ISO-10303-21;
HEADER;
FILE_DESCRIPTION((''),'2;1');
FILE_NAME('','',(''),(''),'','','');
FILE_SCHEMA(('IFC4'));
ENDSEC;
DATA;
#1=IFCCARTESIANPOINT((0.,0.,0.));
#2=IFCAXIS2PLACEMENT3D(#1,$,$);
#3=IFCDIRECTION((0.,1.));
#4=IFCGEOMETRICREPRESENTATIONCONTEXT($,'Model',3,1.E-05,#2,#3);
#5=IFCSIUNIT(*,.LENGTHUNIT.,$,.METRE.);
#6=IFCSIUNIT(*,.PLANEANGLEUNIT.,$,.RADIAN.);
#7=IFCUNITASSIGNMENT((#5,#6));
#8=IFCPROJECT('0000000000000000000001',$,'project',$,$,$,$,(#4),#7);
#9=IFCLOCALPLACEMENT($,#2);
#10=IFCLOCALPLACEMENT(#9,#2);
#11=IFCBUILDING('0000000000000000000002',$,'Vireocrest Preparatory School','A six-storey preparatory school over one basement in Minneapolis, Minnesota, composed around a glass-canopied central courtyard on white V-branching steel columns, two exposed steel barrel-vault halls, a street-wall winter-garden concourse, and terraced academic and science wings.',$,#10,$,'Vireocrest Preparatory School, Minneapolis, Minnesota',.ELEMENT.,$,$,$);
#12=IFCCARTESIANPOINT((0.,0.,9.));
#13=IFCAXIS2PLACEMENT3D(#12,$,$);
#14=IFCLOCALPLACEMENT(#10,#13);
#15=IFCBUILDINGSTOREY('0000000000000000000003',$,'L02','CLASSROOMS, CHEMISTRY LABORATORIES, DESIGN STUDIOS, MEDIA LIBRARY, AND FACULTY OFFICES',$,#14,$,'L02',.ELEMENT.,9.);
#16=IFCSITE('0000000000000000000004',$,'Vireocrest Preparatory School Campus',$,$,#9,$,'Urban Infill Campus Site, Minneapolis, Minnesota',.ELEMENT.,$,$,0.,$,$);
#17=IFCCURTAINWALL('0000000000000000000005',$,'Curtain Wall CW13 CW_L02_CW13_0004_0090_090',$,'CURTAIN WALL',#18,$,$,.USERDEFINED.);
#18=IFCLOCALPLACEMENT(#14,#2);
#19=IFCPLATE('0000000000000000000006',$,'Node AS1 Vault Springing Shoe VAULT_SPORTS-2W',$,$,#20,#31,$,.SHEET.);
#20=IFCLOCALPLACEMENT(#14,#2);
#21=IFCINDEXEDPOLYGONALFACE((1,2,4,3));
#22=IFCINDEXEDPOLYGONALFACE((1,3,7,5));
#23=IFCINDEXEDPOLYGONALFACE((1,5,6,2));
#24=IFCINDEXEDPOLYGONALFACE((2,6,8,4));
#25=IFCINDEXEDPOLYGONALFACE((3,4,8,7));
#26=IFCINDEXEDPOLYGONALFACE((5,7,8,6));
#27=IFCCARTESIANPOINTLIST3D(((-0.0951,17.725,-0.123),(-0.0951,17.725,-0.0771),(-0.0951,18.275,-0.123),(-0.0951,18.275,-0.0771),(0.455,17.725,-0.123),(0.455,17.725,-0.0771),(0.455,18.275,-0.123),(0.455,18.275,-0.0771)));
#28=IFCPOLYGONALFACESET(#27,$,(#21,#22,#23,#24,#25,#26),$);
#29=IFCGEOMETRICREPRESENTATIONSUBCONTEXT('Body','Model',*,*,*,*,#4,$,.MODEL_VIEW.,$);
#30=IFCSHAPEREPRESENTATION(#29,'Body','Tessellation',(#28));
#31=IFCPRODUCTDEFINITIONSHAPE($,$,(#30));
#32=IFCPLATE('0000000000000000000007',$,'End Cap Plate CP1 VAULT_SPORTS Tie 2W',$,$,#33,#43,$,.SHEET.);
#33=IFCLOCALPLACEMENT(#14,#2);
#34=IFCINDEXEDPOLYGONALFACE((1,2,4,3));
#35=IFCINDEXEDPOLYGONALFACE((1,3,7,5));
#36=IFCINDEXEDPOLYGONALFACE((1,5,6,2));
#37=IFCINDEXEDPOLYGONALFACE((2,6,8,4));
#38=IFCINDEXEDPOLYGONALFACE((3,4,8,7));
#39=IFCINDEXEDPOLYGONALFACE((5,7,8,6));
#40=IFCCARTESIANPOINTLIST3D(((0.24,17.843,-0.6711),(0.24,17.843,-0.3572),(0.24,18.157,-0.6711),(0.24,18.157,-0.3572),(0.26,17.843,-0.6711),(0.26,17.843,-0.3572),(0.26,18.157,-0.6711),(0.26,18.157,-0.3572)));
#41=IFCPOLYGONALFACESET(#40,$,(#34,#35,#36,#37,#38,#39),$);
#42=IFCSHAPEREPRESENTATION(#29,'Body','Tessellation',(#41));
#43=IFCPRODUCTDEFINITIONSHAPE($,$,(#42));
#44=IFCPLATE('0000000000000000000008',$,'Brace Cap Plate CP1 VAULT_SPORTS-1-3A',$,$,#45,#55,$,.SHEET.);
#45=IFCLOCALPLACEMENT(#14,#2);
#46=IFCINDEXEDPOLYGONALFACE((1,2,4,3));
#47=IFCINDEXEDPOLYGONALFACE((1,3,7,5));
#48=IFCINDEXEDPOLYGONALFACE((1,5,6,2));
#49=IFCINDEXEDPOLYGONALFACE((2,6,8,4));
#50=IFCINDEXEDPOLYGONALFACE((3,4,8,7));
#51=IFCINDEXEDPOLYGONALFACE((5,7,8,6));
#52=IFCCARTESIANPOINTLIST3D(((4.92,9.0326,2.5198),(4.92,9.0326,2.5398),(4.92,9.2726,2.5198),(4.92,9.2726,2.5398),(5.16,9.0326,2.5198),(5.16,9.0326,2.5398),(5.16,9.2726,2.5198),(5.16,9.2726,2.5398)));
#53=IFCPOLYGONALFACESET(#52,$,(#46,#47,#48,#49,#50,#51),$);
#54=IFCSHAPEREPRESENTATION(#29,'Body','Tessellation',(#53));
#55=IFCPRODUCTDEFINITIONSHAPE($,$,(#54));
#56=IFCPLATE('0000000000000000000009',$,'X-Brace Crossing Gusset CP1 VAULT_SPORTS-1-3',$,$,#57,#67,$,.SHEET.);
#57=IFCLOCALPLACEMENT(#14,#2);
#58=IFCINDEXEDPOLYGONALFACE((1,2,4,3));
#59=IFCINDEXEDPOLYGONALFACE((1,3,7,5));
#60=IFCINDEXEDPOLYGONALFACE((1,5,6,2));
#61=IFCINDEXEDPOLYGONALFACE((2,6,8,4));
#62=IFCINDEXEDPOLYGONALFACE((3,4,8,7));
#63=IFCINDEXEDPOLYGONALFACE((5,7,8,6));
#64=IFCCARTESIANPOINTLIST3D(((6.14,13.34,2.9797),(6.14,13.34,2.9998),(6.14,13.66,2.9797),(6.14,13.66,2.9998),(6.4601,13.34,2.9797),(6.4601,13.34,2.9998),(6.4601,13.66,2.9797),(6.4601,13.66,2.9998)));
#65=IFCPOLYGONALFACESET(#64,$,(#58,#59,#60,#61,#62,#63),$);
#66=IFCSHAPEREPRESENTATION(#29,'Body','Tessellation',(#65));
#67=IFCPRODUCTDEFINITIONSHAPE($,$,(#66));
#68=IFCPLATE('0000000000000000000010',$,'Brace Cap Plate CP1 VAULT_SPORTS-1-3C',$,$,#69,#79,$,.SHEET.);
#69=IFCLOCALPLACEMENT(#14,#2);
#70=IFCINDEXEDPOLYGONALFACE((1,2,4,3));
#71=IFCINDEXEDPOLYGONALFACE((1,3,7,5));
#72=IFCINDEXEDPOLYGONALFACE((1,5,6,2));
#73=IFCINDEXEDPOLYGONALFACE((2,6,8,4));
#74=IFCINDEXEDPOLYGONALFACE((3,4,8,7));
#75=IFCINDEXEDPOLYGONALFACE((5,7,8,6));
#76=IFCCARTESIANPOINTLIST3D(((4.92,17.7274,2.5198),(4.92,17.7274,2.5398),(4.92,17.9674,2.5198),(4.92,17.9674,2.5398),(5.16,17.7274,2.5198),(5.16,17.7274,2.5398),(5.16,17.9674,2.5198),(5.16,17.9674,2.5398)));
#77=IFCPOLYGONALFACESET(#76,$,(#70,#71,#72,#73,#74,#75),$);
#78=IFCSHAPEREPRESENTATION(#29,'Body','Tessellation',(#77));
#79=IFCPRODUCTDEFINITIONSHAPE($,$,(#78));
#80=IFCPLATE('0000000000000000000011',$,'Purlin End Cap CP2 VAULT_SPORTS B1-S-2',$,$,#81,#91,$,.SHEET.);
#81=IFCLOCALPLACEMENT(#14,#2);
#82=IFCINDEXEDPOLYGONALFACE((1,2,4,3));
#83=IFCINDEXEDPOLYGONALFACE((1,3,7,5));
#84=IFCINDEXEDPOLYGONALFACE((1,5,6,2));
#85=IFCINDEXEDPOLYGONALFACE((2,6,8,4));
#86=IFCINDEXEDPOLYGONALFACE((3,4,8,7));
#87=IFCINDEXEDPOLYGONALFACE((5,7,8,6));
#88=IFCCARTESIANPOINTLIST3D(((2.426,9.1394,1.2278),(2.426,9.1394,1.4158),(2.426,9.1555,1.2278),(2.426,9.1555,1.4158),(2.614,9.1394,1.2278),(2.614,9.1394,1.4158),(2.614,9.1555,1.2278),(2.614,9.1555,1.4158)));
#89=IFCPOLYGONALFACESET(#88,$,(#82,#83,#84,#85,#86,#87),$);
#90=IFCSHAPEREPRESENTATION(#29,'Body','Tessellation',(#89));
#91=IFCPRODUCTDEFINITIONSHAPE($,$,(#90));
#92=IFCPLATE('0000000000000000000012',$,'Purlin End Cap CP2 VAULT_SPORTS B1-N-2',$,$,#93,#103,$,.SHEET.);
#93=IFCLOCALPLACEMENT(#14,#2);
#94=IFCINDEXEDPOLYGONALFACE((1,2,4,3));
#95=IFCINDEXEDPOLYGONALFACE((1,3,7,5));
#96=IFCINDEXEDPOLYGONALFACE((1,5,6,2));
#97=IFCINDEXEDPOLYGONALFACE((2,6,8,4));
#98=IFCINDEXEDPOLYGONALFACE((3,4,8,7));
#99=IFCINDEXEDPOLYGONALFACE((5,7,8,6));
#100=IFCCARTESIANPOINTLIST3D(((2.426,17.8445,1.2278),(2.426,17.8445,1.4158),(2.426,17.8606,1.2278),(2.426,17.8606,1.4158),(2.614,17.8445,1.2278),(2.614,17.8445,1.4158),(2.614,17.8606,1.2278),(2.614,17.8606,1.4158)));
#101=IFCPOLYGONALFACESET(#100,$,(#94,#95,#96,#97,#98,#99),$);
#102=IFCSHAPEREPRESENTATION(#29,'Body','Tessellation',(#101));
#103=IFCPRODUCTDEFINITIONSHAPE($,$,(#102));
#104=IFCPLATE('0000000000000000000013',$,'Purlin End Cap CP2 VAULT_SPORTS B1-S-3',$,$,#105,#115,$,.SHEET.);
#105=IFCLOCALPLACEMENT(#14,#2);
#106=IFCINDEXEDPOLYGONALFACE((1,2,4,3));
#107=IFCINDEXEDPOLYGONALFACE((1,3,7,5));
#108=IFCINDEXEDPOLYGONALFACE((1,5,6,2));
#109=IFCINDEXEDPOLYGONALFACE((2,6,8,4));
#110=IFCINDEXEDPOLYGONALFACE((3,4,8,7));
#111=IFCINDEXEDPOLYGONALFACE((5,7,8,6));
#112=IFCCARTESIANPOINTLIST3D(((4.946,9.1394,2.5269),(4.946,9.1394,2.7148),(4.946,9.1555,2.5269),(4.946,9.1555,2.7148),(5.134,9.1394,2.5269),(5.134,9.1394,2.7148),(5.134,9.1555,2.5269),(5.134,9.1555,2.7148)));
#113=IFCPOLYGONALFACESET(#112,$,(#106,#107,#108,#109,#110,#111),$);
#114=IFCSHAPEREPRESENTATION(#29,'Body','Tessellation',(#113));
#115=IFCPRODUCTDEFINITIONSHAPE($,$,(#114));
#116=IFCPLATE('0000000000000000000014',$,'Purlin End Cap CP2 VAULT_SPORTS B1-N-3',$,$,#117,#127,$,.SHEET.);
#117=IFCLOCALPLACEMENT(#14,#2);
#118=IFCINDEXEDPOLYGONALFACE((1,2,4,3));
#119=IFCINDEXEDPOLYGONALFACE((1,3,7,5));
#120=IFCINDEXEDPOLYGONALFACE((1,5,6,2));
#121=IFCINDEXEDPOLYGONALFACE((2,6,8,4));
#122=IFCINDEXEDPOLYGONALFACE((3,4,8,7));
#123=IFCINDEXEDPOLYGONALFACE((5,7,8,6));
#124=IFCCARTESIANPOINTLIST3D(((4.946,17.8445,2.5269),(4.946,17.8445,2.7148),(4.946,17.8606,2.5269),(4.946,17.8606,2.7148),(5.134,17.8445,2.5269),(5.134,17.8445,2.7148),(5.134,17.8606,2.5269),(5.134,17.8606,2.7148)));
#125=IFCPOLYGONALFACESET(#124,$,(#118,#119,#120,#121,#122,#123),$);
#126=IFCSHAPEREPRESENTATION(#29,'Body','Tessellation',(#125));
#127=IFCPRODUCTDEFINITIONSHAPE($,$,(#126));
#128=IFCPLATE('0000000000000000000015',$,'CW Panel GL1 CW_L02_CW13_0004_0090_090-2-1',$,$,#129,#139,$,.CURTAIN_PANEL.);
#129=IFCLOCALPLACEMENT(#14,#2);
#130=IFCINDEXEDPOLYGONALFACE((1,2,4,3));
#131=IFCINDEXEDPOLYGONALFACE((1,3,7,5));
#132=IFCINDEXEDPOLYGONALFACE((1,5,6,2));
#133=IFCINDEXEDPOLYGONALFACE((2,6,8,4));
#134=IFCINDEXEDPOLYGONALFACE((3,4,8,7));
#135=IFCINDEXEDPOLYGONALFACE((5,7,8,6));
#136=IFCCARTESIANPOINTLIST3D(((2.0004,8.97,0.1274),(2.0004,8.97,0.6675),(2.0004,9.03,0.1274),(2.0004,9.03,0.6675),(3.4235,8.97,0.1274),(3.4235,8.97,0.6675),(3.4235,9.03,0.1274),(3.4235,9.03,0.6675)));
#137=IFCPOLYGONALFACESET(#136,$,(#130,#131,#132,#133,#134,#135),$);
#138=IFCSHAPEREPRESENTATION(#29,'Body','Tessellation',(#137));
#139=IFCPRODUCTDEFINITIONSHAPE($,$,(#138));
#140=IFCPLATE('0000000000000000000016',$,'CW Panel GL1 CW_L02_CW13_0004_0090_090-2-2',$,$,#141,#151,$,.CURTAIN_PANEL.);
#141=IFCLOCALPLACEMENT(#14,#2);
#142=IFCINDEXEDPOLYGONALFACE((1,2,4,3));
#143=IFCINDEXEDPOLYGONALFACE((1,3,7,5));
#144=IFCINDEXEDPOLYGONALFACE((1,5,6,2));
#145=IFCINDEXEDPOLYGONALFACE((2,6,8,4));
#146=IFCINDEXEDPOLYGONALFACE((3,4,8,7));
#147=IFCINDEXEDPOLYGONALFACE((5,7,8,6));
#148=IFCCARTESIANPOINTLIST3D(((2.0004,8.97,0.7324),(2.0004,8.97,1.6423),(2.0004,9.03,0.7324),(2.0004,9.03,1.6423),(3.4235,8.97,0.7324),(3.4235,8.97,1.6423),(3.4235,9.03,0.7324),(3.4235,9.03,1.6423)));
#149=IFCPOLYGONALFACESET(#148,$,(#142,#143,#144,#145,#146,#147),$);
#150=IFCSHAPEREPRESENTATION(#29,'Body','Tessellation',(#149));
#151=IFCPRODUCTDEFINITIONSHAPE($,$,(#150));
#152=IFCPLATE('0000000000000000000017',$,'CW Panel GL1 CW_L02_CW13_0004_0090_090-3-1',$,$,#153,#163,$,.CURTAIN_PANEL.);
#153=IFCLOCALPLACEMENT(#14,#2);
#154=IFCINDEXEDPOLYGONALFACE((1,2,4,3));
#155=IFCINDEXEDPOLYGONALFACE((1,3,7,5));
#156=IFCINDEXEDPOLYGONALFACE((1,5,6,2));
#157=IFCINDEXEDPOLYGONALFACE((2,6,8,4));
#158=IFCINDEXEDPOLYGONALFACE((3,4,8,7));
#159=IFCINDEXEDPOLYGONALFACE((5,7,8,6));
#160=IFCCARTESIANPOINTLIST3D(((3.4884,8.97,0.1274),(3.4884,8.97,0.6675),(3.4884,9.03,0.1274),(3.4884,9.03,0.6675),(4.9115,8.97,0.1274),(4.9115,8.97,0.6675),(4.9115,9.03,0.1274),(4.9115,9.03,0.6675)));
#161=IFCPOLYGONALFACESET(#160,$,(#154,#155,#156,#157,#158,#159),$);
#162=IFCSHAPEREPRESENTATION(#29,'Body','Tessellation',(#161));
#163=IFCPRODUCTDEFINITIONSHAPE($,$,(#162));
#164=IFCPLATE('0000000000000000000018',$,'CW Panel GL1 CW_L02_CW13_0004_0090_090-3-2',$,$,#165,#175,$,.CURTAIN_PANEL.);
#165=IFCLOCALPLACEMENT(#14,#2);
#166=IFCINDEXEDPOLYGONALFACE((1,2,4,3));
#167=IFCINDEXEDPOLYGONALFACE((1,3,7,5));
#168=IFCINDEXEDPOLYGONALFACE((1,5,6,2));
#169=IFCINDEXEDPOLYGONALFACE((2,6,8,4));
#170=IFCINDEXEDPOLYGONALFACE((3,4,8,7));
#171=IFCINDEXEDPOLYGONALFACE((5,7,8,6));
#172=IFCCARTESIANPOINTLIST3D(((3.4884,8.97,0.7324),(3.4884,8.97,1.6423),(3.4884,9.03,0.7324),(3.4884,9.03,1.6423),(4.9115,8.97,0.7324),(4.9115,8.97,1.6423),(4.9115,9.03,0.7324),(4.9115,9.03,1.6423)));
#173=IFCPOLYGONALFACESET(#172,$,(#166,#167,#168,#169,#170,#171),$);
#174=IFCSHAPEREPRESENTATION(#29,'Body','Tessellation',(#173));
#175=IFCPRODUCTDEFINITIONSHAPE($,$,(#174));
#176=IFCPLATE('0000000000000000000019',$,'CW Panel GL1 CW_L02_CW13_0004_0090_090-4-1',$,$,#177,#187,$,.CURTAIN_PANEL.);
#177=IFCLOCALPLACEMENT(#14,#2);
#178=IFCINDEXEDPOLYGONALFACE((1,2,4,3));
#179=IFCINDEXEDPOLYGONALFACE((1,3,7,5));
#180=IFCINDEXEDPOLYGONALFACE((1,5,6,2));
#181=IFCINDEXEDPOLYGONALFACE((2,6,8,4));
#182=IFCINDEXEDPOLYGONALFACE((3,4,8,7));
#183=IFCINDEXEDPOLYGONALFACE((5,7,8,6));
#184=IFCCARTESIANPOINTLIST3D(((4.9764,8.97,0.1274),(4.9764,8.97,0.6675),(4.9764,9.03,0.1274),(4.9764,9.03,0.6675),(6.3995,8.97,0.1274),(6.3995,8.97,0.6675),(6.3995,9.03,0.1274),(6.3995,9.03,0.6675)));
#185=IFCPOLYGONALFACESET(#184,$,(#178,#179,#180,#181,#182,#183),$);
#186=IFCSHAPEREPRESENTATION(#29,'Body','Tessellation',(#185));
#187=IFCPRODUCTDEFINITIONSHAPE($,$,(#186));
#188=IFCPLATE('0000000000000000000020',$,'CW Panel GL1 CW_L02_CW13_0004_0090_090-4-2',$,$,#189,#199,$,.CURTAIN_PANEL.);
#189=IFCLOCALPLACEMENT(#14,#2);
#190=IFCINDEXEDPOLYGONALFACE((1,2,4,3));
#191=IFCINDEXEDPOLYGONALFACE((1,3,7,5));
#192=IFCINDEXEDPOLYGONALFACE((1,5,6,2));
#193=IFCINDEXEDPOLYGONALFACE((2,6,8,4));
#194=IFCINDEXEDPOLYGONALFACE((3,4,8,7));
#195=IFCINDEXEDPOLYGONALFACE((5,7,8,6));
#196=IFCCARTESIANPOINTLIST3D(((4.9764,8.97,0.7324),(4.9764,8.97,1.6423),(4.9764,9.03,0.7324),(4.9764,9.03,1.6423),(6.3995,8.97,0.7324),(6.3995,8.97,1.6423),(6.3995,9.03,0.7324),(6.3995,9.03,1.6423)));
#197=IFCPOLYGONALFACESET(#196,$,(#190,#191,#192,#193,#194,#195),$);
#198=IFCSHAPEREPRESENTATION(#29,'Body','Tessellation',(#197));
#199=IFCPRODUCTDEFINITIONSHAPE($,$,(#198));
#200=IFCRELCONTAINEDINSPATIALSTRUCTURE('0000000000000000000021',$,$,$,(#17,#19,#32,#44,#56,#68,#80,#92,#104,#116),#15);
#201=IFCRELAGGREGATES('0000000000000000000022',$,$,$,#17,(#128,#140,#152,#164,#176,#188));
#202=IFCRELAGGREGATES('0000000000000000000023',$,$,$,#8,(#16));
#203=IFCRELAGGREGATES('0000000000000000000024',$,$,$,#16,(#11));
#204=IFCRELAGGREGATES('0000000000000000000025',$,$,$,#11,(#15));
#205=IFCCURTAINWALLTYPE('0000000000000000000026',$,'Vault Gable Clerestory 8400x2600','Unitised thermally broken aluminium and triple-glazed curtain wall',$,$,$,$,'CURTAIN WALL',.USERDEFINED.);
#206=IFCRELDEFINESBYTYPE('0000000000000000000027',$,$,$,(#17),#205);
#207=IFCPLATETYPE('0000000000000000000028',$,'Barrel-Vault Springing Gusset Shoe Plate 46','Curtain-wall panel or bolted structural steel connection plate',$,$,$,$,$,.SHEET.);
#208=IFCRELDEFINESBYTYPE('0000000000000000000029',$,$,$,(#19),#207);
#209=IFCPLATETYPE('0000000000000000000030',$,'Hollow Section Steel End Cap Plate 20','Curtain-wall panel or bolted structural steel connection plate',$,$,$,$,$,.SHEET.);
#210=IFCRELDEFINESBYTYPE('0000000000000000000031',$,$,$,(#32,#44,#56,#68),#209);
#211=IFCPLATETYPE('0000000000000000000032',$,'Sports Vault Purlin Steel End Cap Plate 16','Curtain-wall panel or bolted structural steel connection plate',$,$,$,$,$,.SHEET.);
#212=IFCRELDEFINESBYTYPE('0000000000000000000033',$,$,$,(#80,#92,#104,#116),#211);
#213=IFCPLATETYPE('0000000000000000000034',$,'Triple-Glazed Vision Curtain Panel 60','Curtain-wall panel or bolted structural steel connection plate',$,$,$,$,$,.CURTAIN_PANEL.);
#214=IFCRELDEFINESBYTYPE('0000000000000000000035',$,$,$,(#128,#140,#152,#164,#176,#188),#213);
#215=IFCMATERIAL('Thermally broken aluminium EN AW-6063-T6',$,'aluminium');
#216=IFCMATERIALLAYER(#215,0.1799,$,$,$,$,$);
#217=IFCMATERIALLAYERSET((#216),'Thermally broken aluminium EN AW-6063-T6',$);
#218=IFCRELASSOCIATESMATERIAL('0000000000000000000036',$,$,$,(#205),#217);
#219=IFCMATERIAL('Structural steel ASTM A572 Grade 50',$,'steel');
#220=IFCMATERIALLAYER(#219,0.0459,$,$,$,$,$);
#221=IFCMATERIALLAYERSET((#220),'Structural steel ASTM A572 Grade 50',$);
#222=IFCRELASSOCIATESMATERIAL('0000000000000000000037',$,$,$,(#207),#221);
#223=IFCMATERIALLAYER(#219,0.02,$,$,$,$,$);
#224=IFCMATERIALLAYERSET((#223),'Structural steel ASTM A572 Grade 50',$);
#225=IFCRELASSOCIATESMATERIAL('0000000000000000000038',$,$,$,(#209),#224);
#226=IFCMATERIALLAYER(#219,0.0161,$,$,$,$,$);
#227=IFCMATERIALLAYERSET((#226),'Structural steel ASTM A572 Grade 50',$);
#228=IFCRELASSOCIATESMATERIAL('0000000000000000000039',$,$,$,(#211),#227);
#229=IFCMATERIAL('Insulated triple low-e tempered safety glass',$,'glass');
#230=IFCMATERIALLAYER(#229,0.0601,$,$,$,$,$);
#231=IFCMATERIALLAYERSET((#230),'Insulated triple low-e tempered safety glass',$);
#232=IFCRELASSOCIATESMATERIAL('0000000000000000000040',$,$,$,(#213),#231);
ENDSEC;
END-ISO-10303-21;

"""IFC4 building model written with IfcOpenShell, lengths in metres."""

from ifc_helpers import new_model, si_unit, direction, frame, origin, origin_2d, place, context, subcontext, project, spatial, rectangle, extrude, material, layer, layer_set, type_object, element, aggregate, save


model = new_model("IFC4")

# Units and contexts
model_context = context("Model", 3, precision=1e-05, world=origin(), true_north=direction((0.0, 1.0)))
body_context = subcontext(model_context, "Body", "Model", "MODEL_VIEW")
ifc_project = project(units=[si_unit("LENGTHUNIT", "METRE"), si_unit("PLANEANGLEUNIT", "RADIAN")], contexts=[model_context])

# Site, building, storey
site_placement = place(None, origin())
site = spatial("IfcSite", under=ifc_project, at=site_placement, Name="Vireocrest Preparatory School Campus", LongName="Urban Infill Campus Site, Minneapolis, Minnesota", CompositionType="ELEMENT", RefElevation=0.0)
building_placement = place(site_placement, origin())
building = spatial("IfcBuilding", under=site, at=building_placement, Name="Vireocrest Preparatory School", Description="A six-storey preparatory school over one basement in Minneapolis, Minnesota, composed around a glass-canopied central courtyard on white V-branching steel columns, two exposed steel barrel-vault halls, a street-wall winter-garden concourse, and terraced academic and science wings.", LongName="Vireocrest Preparatory School, Minneapolis, Minnesota", CompositionType="ELEMENT")
storey_placement = place(building_placement, frame((0.0, 0.0, 9.0)))
storey = spatial("IfcBuildingStorey", under=building, at=storey_placement, Name="L02", Description="CLASSROOMS, CHEMISTRY LABORATORIES, DESIGN STUDIOS, MEDIA LIBRARY, AND FACULTY OFFICES", LongName="L02", CompositionType="ELEMENT", Elevation=9.0)

# Curtain wall
ifc_material_1 = material(Name="Thermally broken aluminium EN AW-6063-T6", Category="aluminium")
ifc_layer_1 = layer(ifc_material_1, 0.1799)
ifc_layer_set_1 = layer_set([ifc_layer_1], Name="Thermally broken aluminium EN AW-6063-T6")
curtain_wall_type = type_object("IfcCurtainWallType", Name="Vault Gable Clerestory 8400x2600", Description="Unitised thermally broken aluminium and triple-glazed curtain wall", ElementType="CURTAIN WALL", PredefinedType="USERDEFINED", material=ifc_layer_set_1)
curtain_wall_placement = place(storey_placement, origin())
curtain_wall = element("IfcCurtainWall", 1, at=curtain_wall_placement, inside=storey, type_object=curtain_wall_type, Name="Curtain Wall CW13 CW_L02_CW13_0004_0090_090", ObjectType="CURTAIN WALL", PredefinedType="USERDEFINED")

# Plates
ifc_material_2 = material(Name="Structural steel ASTM A572 Grade 50", Category="steel")
ifc_layer_2 = layer(ifc_material_2, 0.0459)
ifc_layer_set_2 = layer_set([ifc_layer_2], Name="Structural steel ASTM A572 Grade 50")
plate_type_1 = type_object("IfcPlateType", Name="Barrel-Vault Springing Gusset Shoe Plate 46", Description="Curtain-wall panel or bolted structural steel connection plate", PredefinedType="SHEET", material=ifc_layer_set_2)
plate_1_placement = place(storey_placement, frame((0.1799, 18.0, -0.123), z_axis=(0.0, 0.0, 1.0), x_axis=(1.0, 0.0, 0.0)))
element("IfcPlate", 2, at=plate_1_placement, inside=storey, type_object=plate_type_1, Name="Node AS1 Vault Springing Shoe VAULT_SPORTS-2W", PredefinedType="SHEET", context=body_context, shape_type="SweptSolid", body=[
    extrude(rectangle(XDim=0.55, YDim=0.55, at=origin_2d()), origin(), (0.0, 0.0, 1.0), 0.0459),
])
ifc_layer_3 = layer(ifc_material_2, 0.02)
ifc_layer_set_3 = layer_set([ifc_layer_3], Name="Structural steel ASTM A572 Grade 50")
plate_type_2 = type_object("IfcPlateType", Name="Hollow Section Steel End Cap Plate 20", Description="Curtain-wall panel or bolted structural steel connection plate", PredefinedType="SHEET", material=ifc_layer_set_3)
plate_2_placement = place(storey_placement, frame((0.25, 18.0, -0.6711), z_axis=(0.0, 0.0, 1.0), x_axis=(1.0, 0.0, 0.0)))
element("IfcPlate", 3, at=plate_2_placement, inside=storey, type_object=plate_type_2, Name="End Cap Plate CP1 VAULT_SPORTS Tie 2W", PredefinedType="SHEET", context=body_context, shape_type="SweptSolid", body=[
    extrude(rectangle(XDim=0.02, YDim=0.314, at=origin_2d()), origin(), (0.0, 0.0, 1.0), 0.314),
])
plate_3_placement = place(storey_placement, frame((5.04, 9.1526, 2.5198), z_axis=(0.0, 0.0, 1.0), x_axis=(1.0, 0.0, 0.0)))
element("IfcPlate", 4, at=plate_3_placement, inside=storey, type_object=plate_type_2, Name="Brace Cap Plate CP1 VAULT_SPORTS-1-3A", PredefinedType="SHEET", context=body_context, shape_type="SweptSolid", body=[
    extrude(rectangle(XDim=0.24, YDim=0.24, at=origin_2d()), origin(), (0.0, 0.0, 1.0), 0.02),
])
plate_4_placement = place(storey_placement, frame((6.3, 13.5, 2.9797), z_axis=(0.0, 0.0, 1.0), x_axis=(1.0, 0.0, 0.0)))
element("IfcPlate", 5, at=plate_4_placement, inside=storey, type_object=plate_type_2, Name="X-Brace Crossing Gusset CP1 VAULT_SPORTS-1-3", PredefinedType="SHEET", context=body_context, shape_type="SweptSolid", body=[
    extrude(rectangle(XDim=0.3201, YDim=0.3201, at=origin_2d()), origin(), (0.0, 0.0, 1.0), 0.02),
])
plate_5_placement = place(storey_placement, frame((5.04, 17.8474, 2.5198), z_axis=(0.0, 0.0, 1.0), x_axis=(1.0, 0.0, 0.0)))
element("IfcPlate", 6, at=plate_5_placement, inside=storey, type_object=plate_type_2, Name="Brace Cap Plate CP1 VAULT_SPORTS-1-3C", PredefinedType="SHEET", context=body_context, shape_type="SweptSolid", body=[
    extrude(rectangle(XDim=0.24, YDim=0.24, at=origin_2d()), origin(), (0.0, 0.0, 1.0), 0.02),
])
ifc_layer_4 = layer(ifc_material_2, 0.0161)
ifc_layer_set_4 = layer_set([ifc_layer_4], Name="Structural steel ASTM A572 Grade 50")
plate_type_3 = type_object("IfcPlateType", Name="Sports Vault Purlin Steel End Cap Plate 16", Description="Curtain-wall panel or bolted structural steel connection plate", PredefinedType="SHEET", material=ifc_layer_set_4)
for number, where, z_axis, x_axis, name in (
    (7, (2.52, 9.1475, 1.2278), (0.0, 0.0, 1.0), (1.0, 0.0, 0.0), "Purlin End Cap CP2 VAULT_SPORTS B1-S-2"),
    (8, (2.52, 17.8525, 1.2278), (0.0, 0.0, 1.0), (1.0, 0.0, 0.0), "Purlin End Cap CP2 VAULT_SPORTS B1-N-2"),
    (9, (5.04, 9.1475, 2.5269), (0.0, 0.0, 1.0), (1.0, 0.0, 0.0), "Purlin End Cap CP2 VAULT_SPORTS B1-S-3"),
    (10, (5.04, 17.8525, 2.5269), (0.0, 0.0, 1.0), (1.0, 0.0, 0.0), "Purlin End Cap CP2 VAULT_SPORTS B1-N-3"),
):
    element("IfcPlate", number, at=place(storey_placement, frame(where, z_axis=z_axis, x_axis=x_axis)), inside=storey, type_object=plate_type_3, Name=name, PredefinedType="SHEET", context=body_context, shape_type="SweptSolid", body=[
        extrude(rectangle(XDim=0.188, YDim=0.0161, at=origin_2d()), origin(), (0.0, 0.0, 1.0), 0.188),
    ])

# Plates
ifc_material_3 = material(Name="Insulated triple low-e tempered safety glass", Category="glass")
ifc_layer_5 = layer(ifc_material_3, 0.0601)
ifc_layer_set_5 = layer_set([ifc_layer_5], Name="Insulated triple low-e tempered safety glass")
plate_type_4 = type_object("IfcPlateType", Name="Triple-Glazed Vision Curtain Panel 60", Description="Curtain-wall panel or bolted structural steel connection plate", PredefinedType="CURTAIN_PANEL", material=ifc_layer_set_5)
plate_6_placement = place(storey_placement, frame((2.7119, 9.0, 0.1274), z_axis=(0.0, 0.0, 1.0), x_axis=(1.0, 0.0, 0.0)))
plate_6 = element("IfcPlate", 11, at=plate_6_placement, type_object=plate_type_4, Name="CW Panel GL1 CW_L02_CW13_0004_0090_090-2-1", PredefinedType="CURTAIN_PANEL", context=body_context, shape_type="SweptSolid", body=[
    extrude(rectangle(XDim=1.4231, YDim=0.0601, at=origin_2d()), origin(), (0.0, 0.0, 1.0), 0.54),
])
plate_7_placement = place(storey_placement, frame((2.7119, 9.0, 0.7324), z_axis=(0.0, 0.0, 1.0), x_axis=(1.0, 0.0, 0.0)))
plate_7 = element("IfcPlate", 12, at=plate_7_placement, type_object=plate_type_4, Name="CW Panel GL1 CW_L02_CW13_0004_0090_090-2-2", PredefinedType="CURTAIN_PANEL", context=body_context, shape_type="SweptSolid", body=[
    extrude(rectangle(XDim=1.4231, YDim=0.0601, at=origin_2d()), origin(), (0.0, 0.0, 1.0), 0.9099),
])
plate_8_placement = place(storey_placement, frame((4.2, 9.0, 0.1274), z_axis=(0.0, 0.0, 1.0), x_axis=(1.0, 0.0, 0.0)))
plate_8 = element("IfcPlate", 13, at=plate_8_placement, type_object=plate_type_4, Name="CW Panel GL1 CW_L02_CW13_0004_0090_090-3-1", PredefinedType="CURTAIN_PANEL", context=body_context, shape_type="SweptSolid", body=[
    extrude(rectangle(XDim=1.4231, YDim=0.0601, at=origin_2d()), origin(), (0.0, 0.0, 1.0), 0.54),
])
plate_9_placement = place(storey_placement, frame((4.2, 9.0, 0.7324), z_axis=(0.0, 0.0, 1.0), x_axis=(1.0, 0.0, 0.0)))
plate_9 = element("IfcPlate", 14, at=plate_9_placement, type_object=plate_type_4, Name="CW Panel GL1 CW_L02_CW13_0004_0090_090-3-2", PredefinedType="CURTAIN_PANEL", context=body_context, shape_type="SweptSolid", body=[
    extrude(rectangle(XDim=1.4231, YDim=0.0601, at=origin_2d()), origin(), (0.0, 0.0, 1.0), 0.9099),
])
plate_10_placement = place(storey_placement, frame((5.688, 9.0, 0.1274), z_axis=(0.0, 0.0, 1.0), x_axis=(1.0, 0.0, 0.0)))
plate_10 = element("IfcPlate", 15, at=plate_10_placement, type_object=plate_type_4, Name="CW Panel GL1 CW_L02_CW13_0004_0090_090-4-1", PredefinedType="CURTAIN_PANEL", context=body_context, shape_type="SweptSolid", body=[
    extrude(rectangle(XDim=1.4231, YDim=0.0601, at=origin_2d()), origin(), (0.0, 0.0, 1.0), 0.54),
])
plate_11_placement = place(storey_placement, frame((5.688, 9.0, 0.7324), z_axis=(0.0, 0.0, 1.0), x_axis=(1.0, 0.0, 0.0)))
plate_11 = element("IfcPlate", 16, at=plate_11_placement, type_object=plate_type_4, Name="CW Panel GL1 CW_L02_CW13_0004_0090_090-4-2", PredefinedType="CURTAIN_PANEL", context=body_context, shape_type="SweptSolid", body=[
    extrude(rectangle(XDim=1.4231, YDim=0.0601, at=origin_2d()), origin(), (0.0, 0.0, 1.0), 0.9099),
])
aggregate(curtain_wall, [plate_6, plate_7, plate_8, plate_9, plate_10, plate_11])

save(model, "model.ifc")
